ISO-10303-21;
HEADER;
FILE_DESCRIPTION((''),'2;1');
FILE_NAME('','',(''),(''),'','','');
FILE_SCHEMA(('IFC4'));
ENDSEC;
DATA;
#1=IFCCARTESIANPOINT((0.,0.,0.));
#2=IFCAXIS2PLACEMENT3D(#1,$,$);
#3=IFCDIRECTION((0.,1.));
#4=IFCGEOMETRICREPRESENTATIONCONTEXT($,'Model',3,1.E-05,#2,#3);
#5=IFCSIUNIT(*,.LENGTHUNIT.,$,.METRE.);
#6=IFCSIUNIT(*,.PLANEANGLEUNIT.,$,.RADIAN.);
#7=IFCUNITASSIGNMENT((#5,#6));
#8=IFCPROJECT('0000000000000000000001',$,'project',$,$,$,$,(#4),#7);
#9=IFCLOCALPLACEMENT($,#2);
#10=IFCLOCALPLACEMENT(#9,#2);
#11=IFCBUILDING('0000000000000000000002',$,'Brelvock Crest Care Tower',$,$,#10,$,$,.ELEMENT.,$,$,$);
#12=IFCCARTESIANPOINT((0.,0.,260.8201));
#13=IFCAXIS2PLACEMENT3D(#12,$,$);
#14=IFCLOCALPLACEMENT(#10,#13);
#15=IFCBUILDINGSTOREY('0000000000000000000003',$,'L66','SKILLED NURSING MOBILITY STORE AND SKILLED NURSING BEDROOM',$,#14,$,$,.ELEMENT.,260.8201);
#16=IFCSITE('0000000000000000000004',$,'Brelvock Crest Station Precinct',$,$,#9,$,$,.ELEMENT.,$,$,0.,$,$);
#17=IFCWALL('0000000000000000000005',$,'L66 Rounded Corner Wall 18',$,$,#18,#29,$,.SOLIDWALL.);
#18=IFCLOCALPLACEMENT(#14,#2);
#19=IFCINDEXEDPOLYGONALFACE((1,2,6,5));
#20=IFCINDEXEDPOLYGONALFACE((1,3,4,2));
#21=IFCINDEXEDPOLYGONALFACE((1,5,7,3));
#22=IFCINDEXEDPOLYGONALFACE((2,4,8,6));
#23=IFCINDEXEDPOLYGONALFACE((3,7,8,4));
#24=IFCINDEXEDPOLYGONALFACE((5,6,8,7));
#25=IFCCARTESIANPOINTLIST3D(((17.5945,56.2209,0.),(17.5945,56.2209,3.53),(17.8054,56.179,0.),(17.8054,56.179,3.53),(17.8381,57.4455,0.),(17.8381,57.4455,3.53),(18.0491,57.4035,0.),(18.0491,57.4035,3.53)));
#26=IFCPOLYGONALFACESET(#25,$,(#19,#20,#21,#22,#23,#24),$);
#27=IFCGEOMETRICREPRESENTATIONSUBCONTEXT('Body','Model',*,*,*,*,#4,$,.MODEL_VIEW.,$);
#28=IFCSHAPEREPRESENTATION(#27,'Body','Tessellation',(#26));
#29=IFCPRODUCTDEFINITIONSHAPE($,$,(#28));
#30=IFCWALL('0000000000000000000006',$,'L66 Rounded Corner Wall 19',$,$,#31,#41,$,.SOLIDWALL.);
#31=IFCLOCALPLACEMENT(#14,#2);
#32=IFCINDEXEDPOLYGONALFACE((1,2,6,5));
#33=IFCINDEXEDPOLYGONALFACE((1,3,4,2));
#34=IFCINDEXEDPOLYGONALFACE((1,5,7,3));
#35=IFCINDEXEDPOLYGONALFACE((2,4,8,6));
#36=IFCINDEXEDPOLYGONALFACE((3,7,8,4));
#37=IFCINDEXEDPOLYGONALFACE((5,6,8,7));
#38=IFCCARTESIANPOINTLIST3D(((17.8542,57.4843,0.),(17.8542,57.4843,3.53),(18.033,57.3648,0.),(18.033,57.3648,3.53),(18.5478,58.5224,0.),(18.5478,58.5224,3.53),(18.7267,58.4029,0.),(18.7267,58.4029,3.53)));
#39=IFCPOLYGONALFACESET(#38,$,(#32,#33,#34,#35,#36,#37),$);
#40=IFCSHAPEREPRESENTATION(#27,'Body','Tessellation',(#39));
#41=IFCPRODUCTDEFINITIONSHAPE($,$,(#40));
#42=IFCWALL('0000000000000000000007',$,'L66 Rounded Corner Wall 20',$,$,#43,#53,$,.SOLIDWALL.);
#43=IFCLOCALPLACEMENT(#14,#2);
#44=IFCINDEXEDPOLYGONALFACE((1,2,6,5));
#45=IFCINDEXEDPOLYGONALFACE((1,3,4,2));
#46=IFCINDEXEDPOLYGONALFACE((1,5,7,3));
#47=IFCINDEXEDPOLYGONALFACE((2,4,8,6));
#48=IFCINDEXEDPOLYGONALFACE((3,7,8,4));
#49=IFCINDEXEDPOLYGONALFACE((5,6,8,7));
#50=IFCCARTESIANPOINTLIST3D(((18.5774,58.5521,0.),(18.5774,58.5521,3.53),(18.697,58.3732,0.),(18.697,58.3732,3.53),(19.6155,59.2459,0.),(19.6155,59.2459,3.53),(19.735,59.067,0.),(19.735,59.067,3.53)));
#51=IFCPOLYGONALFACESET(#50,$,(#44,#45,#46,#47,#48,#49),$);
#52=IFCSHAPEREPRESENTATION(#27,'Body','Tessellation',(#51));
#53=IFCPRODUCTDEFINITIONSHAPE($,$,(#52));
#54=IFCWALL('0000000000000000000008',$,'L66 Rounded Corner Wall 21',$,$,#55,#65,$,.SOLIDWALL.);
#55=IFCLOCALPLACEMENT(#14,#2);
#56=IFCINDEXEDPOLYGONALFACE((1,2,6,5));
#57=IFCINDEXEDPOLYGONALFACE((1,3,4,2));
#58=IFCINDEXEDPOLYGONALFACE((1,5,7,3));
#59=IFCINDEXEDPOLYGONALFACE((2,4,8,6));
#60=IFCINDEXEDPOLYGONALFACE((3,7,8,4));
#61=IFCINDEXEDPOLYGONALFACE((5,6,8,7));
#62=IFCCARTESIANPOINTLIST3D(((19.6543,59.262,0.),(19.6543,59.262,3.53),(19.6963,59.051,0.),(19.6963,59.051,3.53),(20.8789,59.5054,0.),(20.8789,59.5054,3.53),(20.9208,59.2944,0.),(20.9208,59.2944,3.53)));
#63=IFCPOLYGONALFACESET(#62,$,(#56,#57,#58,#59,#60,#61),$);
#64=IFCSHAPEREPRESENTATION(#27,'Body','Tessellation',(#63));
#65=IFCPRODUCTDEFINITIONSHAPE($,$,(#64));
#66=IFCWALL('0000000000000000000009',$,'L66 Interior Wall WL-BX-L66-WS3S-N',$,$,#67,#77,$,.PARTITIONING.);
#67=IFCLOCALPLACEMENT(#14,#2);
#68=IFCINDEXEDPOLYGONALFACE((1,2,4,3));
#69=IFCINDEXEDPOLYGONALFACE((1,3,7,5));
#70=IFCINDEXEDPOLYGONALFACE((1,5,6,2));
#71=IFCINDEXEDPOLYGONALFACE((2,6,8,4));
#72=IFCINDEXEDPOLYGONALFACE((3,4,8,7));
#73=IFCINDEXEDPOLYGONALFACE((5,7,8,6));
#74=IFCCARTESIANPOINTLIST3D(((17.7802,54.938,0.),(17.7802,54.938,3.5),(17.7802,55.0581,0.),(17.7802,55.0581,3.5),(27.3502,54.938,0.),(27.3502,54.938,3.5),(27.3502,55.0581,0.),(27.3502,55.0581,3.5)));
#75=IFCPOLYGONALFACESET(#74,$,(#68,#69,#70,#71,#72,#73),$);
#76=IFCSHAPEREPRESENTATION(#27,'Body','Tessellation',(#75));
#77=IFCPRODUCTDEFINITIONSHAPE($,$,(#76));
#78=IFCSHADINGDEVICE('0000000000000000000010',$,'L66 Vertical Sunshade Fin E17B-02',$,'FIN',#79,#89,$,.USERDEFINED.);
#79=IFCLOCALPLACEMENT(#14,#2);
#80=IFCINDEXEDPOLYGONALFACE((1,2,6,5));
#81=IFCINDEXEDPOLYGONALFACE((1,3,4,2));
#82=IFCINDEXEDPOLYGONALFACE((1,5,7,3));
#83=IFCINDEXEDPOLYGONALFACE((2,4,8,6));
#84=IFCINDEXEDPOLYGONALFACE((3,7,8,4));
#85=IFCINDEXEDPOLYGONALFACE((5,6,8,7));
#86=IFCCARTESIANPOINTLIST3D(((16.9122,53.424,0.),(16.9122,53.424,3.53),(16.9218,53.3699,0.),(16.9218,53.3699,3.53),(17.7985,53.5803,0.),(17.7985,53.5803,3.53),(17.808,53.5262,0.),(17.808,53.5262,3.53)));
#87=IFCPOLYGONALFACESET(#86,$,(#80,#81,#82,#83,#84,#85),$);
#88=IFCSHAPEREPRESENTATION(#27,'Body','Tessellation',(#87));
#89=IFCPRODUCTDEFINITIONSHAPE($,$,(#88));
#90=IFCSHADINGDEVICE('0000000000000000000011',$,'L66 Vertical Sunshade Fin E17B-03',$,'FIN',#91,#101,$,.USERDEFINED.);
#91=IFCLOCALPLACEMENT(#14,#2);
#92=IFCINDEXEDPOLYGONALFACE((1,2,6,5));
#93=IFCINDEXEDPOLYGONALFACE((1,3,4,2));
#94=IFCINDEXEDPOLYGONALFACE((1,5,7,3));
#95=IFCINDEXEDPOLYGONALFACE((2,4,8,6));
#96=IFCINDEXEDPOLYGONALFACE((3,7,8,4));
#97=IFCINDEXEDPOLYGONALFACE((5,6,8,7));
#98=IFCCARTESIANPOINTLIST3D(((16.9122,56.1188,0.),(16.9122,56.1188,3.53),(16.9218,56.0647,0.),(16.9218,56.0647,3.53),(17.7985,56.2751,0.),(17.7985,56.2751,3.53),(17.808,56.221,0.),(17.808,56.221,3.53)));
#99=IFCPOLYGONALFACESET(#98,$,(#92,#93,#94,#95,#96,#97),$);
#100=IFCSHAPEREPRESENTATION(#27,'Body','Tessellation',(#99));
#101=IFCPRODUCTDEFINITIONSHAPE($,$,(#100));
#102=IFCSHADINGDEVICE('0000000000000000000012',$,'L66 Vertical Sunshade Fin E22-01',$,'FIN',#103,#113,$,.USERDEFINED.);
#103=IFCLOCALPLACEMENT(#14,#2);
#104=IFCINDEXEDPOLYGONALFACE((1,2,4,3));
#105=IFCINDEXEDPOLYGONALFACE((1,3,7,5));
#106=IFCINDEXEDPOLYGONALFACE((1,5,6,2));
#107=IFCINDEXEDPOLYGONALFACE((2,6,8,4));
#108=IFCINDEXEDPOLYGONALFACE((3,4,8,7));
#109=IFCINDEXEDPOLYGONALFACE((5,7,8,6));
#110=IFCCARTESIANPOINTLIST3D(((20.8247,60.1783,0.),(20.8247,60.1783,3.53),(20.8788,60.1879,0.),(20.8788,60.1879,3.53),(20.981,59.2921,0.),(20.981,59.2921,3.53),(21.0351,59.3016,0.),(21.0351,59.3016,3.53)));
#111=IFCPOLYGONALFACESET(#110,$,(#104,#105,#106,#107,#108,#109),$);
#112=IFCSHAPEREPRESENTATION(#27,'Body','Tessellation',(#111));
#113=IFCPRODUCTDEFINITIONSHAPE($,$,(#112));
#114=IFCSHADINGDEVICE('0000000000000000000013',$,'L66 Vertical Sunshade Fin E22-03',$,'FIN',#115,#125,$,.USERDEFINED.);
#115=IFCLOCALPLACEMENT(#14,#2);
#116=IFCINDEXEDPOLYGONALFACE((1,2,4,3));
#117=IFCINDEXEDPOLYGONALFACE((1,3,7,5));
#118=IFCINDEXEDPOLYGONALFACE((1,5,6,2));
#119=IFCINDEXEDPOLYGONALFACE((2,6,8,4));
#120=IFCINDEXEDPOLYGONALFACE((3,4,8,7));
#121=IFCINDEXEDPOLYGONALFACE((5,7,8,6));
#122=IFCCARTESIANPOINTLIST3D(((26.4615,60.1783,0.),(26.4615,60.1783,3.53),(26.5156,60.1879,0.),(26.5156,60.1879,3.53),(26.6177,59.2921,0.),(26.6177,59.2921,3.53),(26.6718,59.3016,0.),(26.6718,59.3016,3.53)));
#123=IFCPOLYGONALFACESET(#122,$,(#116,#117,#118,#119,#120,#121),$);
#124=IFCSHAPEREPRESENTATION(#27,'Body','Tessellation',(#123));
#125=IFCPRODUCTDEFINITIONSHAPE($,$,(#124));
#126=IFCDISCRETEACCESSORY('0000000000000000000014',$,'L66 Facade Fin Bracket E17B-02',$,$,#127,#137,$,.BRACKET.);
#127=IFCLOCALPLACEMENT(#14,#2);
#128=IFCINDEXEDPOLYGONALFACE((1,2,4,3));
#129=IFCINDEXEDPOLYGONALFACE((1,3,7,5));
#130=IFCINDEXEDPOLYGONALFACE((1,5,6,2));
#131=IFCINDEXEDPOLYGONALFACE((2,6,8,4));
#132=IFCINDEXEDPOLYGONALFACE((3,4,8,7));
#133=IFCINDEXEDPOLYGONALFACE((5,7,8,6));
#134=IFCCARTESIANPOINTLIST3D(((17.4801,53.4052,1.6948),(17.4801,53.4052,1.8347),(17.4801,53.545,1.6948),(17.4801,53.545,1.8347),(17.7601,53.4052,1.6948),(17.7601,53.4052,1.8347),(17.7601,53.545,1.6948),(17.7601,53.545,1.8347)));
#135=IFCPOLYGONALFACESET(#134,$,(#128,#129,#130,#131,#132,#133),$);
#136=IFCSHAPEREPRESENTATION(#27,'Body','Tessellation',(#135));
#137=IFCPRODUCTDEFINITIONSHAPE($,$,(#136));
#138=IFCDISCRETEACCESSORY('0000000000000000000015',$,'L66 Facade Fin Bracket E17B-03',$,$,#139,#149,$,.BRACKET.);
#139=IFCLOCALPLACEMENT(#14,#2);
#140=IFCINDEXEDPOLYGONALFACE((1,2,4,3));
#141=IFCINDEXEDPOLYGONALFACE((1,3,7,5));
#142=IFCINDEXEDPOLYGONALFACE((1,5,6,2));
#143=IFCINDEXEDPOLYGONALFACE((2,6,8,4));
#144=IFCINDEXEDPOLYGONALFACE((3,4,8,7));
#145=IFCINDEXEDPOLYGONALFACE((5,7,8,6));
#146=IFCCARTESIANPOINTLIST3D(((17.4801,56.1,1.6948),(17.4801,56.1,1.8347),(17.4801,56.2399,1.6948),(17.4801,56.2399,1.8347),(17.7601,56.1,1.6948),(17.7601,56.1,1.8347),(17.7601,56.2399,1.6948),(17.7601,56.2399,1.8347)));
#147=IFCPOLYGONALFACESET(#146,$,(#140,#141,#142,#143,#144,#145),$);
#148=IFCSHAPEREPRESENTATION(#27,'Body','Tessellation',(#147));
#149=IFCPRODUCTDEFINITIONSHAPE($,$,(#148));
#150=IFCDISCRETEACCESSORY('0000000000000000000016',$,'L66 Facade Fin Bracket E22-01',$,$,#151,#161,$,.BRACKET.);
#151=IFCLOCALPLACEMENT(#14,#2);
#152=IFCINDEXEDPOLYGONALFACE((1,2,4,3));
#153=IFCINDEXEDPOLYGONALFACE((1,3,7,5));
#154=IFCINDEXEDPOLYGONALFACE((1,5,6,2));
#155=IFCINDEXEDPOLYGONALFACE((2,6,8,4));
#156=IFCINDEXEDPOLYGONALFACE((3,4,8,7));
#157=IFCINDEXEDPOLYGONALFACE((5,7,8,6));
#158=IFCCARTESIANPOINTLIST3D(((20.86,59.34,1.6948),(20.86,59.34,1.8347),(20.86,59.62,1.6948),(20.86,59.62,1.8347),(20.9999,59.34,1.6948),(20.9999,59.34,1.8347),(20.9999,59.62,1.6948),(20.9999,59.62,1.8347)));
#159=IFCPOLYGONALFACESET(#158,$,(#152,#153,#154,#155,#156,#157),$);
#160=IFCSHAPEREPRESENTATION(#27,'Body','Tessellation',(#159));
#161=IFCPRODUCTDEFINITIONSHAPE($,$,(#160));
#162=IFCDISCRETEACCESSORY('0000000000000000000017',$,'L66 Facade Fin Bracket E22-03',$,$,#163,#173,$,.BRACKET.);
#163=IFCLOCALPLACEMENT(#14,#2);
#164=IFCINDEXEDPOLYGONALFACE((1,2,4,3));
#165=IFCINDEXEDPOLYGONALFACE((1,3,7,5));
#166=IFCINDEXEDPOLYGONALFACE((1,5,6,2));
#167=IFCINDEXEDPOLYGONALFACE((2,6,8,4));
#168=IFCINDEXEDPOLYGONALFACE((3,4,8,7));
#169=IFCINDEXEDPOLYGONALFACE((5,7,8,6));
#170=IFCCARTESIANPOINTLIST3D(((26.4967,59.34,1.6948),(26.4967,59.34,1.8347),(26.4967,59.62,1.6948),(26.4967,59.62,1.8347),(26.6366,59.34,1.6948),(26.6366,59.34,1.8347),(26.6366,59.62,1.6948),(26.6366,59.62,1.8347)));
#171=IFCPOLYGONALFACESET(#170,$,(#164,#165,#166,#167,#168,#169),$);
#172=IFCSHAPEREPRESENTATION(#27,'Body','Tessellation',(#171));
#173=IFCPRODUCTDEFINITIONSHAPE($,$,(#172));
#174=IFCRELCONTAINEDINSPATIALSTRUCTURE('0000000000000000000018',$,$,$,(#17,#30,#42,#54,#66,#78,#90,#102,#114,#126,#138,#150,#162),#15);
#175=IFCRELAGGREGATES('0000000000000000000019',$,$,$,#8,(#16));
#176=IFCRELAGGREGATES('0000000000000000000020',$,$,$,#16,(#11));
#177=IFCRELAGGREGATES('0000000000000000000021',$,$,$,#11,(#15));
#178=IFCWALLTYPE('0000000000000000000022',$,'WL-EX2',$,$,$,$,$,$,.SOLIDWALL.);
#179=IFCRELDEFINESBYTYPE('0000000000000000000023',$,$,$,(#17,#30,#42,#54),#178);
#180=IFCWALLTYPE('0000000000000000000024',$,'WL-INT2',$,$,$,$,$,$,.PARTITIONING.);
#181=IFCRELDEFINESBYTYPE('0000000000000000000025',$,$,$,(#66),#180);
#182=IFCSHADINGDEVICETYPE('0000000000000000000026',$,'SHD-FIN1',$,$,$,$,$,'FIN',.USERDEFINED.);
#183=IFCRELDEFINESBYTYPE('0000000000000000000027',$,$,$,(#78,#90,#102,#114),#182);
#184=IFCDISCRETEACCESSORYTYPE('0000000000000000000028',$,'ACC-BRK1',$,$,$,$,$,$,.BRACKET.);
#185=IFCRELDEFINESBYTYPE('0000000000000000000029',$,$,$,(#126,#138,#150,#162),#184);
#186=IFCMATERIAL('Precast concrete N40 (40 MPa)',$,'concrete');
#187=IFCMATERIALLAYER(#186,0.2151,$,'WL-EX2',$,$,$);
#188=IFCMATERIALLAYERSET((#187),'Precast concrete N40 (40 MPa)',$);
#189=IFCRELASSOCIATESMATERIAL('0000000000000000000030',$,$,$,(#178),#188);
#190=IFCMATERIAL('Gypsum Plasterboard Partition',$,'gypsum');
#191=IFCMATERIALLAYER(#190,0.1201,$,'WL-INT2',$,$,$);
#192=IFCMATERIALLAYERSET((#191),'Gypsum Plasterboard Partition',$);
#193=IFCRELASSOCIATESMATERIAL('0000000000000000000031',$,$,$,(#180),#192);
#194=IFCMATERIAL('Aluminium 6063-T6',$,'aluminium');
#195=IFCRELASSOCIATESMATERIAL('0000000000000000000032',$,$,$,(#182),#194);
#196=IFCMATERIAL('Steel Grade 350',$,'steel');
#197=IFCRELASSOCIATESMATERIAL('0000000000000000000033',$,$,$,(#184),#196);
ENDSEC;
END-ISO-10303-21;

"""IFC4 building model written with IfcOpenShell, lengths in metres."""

from ifc_helpers import new_model, si_unit, direction, frame, frame_2d, origin, origin_2d, place, context, subcontext, project, spatial, rectangle, extrude, source, transform, mapped, material, layer, layer_set, material_profile, profile_set, type_object, element, save


model = new_model("IFC4")

# Units and contexts
model_context = context("Model", 3, precision=1e-05, world=origin(), true_north=direction((0.0, 1.0)))
body_context = subcontext(model_context, "Body", "Model", "MODEL_VIEW")
ifc_project = project(units=[si_unit("LENGTHUNIT", "METRE"), si_unit("PLANEANGLEUNIT", "RADIAN")], contexts=[model_context])

# Site, building, storey
site_placement = place(None, origin())
site = spatial("IfcSite", under=ifc_project, at=site_placement, Name="Brelvock Crest Station Precinct", CompositionType="ELEMENT", RefElevation=0.0)
building_placement = place(site_placement, origin())
building = spatial("IfcBuilding", under=site, at=building_placement, Name="Brelvock Crest Care Tower", CompositionType="ELEMENT")
storey_placement = place(building_placement, frame((0.0, 0.0, 260.8201)))
storey = spatial("IfcBuildingStorey", under=building, at=storey_placement, Name="L66", Description="SKILLED NURSING MOBILITY STORE AND SKILLED NURSING BEDROOM", CompositionType="ELEMENT", Elevation=260.8201)

# Shared definitions
ifc_material_1 = material(Name="Steel Grade 350", Category="steel")

# Shared definitions
ifc_material_2 = material(Name="Aluminium 6063-T6", Category="aluminium")

# Walls
ifc_material_3 = material(Name="Precast concrete N40 (40 MPa)", Category="concrete")
ifc_layer_1 = layer(ifc_material_3, 0.2151, Name="WL-EX2")
ifc_layer_set_1 = layer_set([ifc_layer_1], Name="Precast concrete N40 (40 MPa)")
wall_type_1 = type_object("IfcWallType", Name="WL-EX2", PredefinedType="SOLIDWALL", material=ifc_layer_set_1)
for number, where, z_axis, x_axis, name in (
    (1, (17.7, 56.2, 0.0), (0.0, 0.0, 1.0), (0.195138, 0.980776, 0.0), "L66 Rounded Corner Wall 18"),
    (2, (17.9436, 57.4246, 0.0), (0.0, 0.0, 1.0), (0.555557, 0.831478, 0.0), "L66 Rounded Corner Wall 19"),
    (3, (18.6372, 58.4626, 0.0), (0.0, 0.0, 1.0), (0.831388, 0.555692, 0.0), "L66 Rounded Corner Wall 20"),
    (4, (19.6753, 59.1565, 0.0), (0.0, 0.0, 1.0), (0.980813, 0.19495, 0.0), "L66 Rounded Corner Wall 21"),
):
    element("IfcWall", number, at=place(storey_placement, frame(where, z_axis=z_axis, x_axis=x_axis)), inside=storey, type_object=wall_type_1, Name=name, PredefinedType="SOLIDWALL", context=body_context, shape_type="SweptSolid", body=[
        extrude(rectangle(XDim=1.2485, YDim=0.2151, at=frame_2d((0.6243, 0.0))), origin(), (0.0, 0.0, 1.0), 3.53),
    ])
ifc_material_4 = material(Name="Gypsum Plasterboard Partition", Category="gypsum")
ifc_layer_2 = layer(ifc_material_4, 0.1201, Name="WL-INT2")
ifc_layer_set_2 = layer_set([ifc_layer_2], Name="Gypsum Plasterboard Partition")
wall_type_2 = type_object("IfcWallType", Name="WL-INT2", PredefinedType="PARTITIONING", material=ifc_layer_set_2)
wall_placement = place(storey_placement, frame((17.78, 54.998, 0.0), z_axis=(0.0, 0.0, 1.0), x_axis=(1.0, 0.0, 0.0)))
element("IfcWall", 5, at=wall_placement, inside=storey, type_object=wall_type_2, Name="L66 Interior Wall WL-BX-L66-WS3S-N", PredefinedType="PARTITIONING", context=body_context, shape_type="SweptSolid", body=[
    extrude(rectangle(XDim=9.5701, YDim=0.1201, at=frame_2d((4.7852, 0.0))), origin(), (0.0, 0.0, 1.0), 3.5),
])

# Shading devices
ifc_material_profile_1 = material_profile(ifc_material_2, rectangle(XDim=0.0549, YDim=0.8999, at=origin_2d()), Name="FIN55x900")
ifc_profile_set_1 = profile_set([ifc_material_profile_1], Name="Aluminium 6063-T6")
shading_device_type = type_object("IfcShadingDeviceType", Name="SHD-FIN1", ElementType="FIN", PredefinedType="USERDEFINED", material=ifc_profile_set_1)
shared_shape_1 = source(origin(), body_context, "Body", "SweptSolid", [
    extrude(rectangle(XDim=0.0549, YDim=0.8999, at=origin_2d()), origin(), (0.0, 0.0, 1.0), 3.53),
])
for number, where, z_axis, x_axis, name in (
    (6, (17.3601, 53.4751, 0.0), (0.0, 0.0, 1.0), (-0.173648, 0.984808, 0.0), "L66 Vertical Sunshade Fin E17B-02"),
    (7, (17.3601, 56.1699, 0.0), (0.0, 0.0, 1.0), (-0.173648, 0.984808, 0.0), "L66 Vertical Sunshade Fin E17B-03"),
    (8, (20.9299, 59.74, 0.0), (0.0, 0.0, 1.0), (0.984808, 0.173648, 0.0), "L66 Vertical Sunshade Fin E22-01"),
    (9, (26.5667, 59.74, 0.0), (0.0, 0.0, 1.0), (0.984808, 0.173648, 0.0), "L66 Vertical Sunshade Fin E22-03"),
):
    element("IfcShadingDevice", number, at=place(storey_placement, frame(where, z_axis=z_axis, x_axis=x_axis)), inside=storey, type_object=shading_device_type, Name=name, ObjectType="FIN", PredefinedType="USERDEFINED", context=body_context, shape_type="MappedRepresentation", body=[
        mapped(shared_shape_1, transform((0.0, 0.0, 0.0), x_axis=(1.0, 0.0, 0.0), y_axis=(0.0, 1.0, 0.0), z_axis=(0.0, 0.0, 1.0), scale=1.0)),
    ])

# Discrete accessories
discrete_accessory_type = type_object("IfcDiscreteAccessoryType", Name="ACC-BRK1", PredefinedType="BRACKET", material=ifc_material_1)
shared_shape_2 = source(origin(), body_context, "Body", "SweptSolid", [
    extrude(rectangle(XDim=0.28, YDim=0.1399, at=origin_2d()), origin(), (0.0, 0.0, 1.0), 0.1399),
])
for number, where, z_axis, x_axis, name in (
    (10, (17.6201, 53.4751, 1.6948), (0.0, 0.0, 1.0), (-1.0, 0.0, 0.0), "L66 Facade Fin Bracket E17B-02"),
    (11, (17.6201, 56.1699, 1.6948), (0.0, 0.0, 1.0), (-1.0, 0.0, 0.0), "L66 Facade Fin Bracket E17B-03"),
    (12, (20.9299, 59.48, 1.6948), (0.0, 0.0, 1.0), (0.0, 1.0, 0.0), "L66 Facade Fin Bracket E22-01"),
    (13, (26.5667, 59.48, 1.6948), (0.0, 0.0, 1.0), (0.0, 1.0, 0.0), "L66 Facade Fin Bracket E22-03"),
):
    element("IfcDiscreteAccessory", number, at=place(storey_placement, frame(where, z_axis=z_axis, x_axis=x_axis)), inside=storey, type_object=discrete_accessory_type, Name=name, PredefinedType="BRACKET", context=body_context, shape_type="MappedRepresentation", body=[
        mapped(shared_shape_2, transform((0.0, 0.0, 0.0), x_axis=(1.0, 0.0, 0.0), y_axis=(0.0, 1.0, 0.0), z_axis=(0.0, 0.0, 1.0), scale=1.0)),
    ])

save(model, "model.ifc")
